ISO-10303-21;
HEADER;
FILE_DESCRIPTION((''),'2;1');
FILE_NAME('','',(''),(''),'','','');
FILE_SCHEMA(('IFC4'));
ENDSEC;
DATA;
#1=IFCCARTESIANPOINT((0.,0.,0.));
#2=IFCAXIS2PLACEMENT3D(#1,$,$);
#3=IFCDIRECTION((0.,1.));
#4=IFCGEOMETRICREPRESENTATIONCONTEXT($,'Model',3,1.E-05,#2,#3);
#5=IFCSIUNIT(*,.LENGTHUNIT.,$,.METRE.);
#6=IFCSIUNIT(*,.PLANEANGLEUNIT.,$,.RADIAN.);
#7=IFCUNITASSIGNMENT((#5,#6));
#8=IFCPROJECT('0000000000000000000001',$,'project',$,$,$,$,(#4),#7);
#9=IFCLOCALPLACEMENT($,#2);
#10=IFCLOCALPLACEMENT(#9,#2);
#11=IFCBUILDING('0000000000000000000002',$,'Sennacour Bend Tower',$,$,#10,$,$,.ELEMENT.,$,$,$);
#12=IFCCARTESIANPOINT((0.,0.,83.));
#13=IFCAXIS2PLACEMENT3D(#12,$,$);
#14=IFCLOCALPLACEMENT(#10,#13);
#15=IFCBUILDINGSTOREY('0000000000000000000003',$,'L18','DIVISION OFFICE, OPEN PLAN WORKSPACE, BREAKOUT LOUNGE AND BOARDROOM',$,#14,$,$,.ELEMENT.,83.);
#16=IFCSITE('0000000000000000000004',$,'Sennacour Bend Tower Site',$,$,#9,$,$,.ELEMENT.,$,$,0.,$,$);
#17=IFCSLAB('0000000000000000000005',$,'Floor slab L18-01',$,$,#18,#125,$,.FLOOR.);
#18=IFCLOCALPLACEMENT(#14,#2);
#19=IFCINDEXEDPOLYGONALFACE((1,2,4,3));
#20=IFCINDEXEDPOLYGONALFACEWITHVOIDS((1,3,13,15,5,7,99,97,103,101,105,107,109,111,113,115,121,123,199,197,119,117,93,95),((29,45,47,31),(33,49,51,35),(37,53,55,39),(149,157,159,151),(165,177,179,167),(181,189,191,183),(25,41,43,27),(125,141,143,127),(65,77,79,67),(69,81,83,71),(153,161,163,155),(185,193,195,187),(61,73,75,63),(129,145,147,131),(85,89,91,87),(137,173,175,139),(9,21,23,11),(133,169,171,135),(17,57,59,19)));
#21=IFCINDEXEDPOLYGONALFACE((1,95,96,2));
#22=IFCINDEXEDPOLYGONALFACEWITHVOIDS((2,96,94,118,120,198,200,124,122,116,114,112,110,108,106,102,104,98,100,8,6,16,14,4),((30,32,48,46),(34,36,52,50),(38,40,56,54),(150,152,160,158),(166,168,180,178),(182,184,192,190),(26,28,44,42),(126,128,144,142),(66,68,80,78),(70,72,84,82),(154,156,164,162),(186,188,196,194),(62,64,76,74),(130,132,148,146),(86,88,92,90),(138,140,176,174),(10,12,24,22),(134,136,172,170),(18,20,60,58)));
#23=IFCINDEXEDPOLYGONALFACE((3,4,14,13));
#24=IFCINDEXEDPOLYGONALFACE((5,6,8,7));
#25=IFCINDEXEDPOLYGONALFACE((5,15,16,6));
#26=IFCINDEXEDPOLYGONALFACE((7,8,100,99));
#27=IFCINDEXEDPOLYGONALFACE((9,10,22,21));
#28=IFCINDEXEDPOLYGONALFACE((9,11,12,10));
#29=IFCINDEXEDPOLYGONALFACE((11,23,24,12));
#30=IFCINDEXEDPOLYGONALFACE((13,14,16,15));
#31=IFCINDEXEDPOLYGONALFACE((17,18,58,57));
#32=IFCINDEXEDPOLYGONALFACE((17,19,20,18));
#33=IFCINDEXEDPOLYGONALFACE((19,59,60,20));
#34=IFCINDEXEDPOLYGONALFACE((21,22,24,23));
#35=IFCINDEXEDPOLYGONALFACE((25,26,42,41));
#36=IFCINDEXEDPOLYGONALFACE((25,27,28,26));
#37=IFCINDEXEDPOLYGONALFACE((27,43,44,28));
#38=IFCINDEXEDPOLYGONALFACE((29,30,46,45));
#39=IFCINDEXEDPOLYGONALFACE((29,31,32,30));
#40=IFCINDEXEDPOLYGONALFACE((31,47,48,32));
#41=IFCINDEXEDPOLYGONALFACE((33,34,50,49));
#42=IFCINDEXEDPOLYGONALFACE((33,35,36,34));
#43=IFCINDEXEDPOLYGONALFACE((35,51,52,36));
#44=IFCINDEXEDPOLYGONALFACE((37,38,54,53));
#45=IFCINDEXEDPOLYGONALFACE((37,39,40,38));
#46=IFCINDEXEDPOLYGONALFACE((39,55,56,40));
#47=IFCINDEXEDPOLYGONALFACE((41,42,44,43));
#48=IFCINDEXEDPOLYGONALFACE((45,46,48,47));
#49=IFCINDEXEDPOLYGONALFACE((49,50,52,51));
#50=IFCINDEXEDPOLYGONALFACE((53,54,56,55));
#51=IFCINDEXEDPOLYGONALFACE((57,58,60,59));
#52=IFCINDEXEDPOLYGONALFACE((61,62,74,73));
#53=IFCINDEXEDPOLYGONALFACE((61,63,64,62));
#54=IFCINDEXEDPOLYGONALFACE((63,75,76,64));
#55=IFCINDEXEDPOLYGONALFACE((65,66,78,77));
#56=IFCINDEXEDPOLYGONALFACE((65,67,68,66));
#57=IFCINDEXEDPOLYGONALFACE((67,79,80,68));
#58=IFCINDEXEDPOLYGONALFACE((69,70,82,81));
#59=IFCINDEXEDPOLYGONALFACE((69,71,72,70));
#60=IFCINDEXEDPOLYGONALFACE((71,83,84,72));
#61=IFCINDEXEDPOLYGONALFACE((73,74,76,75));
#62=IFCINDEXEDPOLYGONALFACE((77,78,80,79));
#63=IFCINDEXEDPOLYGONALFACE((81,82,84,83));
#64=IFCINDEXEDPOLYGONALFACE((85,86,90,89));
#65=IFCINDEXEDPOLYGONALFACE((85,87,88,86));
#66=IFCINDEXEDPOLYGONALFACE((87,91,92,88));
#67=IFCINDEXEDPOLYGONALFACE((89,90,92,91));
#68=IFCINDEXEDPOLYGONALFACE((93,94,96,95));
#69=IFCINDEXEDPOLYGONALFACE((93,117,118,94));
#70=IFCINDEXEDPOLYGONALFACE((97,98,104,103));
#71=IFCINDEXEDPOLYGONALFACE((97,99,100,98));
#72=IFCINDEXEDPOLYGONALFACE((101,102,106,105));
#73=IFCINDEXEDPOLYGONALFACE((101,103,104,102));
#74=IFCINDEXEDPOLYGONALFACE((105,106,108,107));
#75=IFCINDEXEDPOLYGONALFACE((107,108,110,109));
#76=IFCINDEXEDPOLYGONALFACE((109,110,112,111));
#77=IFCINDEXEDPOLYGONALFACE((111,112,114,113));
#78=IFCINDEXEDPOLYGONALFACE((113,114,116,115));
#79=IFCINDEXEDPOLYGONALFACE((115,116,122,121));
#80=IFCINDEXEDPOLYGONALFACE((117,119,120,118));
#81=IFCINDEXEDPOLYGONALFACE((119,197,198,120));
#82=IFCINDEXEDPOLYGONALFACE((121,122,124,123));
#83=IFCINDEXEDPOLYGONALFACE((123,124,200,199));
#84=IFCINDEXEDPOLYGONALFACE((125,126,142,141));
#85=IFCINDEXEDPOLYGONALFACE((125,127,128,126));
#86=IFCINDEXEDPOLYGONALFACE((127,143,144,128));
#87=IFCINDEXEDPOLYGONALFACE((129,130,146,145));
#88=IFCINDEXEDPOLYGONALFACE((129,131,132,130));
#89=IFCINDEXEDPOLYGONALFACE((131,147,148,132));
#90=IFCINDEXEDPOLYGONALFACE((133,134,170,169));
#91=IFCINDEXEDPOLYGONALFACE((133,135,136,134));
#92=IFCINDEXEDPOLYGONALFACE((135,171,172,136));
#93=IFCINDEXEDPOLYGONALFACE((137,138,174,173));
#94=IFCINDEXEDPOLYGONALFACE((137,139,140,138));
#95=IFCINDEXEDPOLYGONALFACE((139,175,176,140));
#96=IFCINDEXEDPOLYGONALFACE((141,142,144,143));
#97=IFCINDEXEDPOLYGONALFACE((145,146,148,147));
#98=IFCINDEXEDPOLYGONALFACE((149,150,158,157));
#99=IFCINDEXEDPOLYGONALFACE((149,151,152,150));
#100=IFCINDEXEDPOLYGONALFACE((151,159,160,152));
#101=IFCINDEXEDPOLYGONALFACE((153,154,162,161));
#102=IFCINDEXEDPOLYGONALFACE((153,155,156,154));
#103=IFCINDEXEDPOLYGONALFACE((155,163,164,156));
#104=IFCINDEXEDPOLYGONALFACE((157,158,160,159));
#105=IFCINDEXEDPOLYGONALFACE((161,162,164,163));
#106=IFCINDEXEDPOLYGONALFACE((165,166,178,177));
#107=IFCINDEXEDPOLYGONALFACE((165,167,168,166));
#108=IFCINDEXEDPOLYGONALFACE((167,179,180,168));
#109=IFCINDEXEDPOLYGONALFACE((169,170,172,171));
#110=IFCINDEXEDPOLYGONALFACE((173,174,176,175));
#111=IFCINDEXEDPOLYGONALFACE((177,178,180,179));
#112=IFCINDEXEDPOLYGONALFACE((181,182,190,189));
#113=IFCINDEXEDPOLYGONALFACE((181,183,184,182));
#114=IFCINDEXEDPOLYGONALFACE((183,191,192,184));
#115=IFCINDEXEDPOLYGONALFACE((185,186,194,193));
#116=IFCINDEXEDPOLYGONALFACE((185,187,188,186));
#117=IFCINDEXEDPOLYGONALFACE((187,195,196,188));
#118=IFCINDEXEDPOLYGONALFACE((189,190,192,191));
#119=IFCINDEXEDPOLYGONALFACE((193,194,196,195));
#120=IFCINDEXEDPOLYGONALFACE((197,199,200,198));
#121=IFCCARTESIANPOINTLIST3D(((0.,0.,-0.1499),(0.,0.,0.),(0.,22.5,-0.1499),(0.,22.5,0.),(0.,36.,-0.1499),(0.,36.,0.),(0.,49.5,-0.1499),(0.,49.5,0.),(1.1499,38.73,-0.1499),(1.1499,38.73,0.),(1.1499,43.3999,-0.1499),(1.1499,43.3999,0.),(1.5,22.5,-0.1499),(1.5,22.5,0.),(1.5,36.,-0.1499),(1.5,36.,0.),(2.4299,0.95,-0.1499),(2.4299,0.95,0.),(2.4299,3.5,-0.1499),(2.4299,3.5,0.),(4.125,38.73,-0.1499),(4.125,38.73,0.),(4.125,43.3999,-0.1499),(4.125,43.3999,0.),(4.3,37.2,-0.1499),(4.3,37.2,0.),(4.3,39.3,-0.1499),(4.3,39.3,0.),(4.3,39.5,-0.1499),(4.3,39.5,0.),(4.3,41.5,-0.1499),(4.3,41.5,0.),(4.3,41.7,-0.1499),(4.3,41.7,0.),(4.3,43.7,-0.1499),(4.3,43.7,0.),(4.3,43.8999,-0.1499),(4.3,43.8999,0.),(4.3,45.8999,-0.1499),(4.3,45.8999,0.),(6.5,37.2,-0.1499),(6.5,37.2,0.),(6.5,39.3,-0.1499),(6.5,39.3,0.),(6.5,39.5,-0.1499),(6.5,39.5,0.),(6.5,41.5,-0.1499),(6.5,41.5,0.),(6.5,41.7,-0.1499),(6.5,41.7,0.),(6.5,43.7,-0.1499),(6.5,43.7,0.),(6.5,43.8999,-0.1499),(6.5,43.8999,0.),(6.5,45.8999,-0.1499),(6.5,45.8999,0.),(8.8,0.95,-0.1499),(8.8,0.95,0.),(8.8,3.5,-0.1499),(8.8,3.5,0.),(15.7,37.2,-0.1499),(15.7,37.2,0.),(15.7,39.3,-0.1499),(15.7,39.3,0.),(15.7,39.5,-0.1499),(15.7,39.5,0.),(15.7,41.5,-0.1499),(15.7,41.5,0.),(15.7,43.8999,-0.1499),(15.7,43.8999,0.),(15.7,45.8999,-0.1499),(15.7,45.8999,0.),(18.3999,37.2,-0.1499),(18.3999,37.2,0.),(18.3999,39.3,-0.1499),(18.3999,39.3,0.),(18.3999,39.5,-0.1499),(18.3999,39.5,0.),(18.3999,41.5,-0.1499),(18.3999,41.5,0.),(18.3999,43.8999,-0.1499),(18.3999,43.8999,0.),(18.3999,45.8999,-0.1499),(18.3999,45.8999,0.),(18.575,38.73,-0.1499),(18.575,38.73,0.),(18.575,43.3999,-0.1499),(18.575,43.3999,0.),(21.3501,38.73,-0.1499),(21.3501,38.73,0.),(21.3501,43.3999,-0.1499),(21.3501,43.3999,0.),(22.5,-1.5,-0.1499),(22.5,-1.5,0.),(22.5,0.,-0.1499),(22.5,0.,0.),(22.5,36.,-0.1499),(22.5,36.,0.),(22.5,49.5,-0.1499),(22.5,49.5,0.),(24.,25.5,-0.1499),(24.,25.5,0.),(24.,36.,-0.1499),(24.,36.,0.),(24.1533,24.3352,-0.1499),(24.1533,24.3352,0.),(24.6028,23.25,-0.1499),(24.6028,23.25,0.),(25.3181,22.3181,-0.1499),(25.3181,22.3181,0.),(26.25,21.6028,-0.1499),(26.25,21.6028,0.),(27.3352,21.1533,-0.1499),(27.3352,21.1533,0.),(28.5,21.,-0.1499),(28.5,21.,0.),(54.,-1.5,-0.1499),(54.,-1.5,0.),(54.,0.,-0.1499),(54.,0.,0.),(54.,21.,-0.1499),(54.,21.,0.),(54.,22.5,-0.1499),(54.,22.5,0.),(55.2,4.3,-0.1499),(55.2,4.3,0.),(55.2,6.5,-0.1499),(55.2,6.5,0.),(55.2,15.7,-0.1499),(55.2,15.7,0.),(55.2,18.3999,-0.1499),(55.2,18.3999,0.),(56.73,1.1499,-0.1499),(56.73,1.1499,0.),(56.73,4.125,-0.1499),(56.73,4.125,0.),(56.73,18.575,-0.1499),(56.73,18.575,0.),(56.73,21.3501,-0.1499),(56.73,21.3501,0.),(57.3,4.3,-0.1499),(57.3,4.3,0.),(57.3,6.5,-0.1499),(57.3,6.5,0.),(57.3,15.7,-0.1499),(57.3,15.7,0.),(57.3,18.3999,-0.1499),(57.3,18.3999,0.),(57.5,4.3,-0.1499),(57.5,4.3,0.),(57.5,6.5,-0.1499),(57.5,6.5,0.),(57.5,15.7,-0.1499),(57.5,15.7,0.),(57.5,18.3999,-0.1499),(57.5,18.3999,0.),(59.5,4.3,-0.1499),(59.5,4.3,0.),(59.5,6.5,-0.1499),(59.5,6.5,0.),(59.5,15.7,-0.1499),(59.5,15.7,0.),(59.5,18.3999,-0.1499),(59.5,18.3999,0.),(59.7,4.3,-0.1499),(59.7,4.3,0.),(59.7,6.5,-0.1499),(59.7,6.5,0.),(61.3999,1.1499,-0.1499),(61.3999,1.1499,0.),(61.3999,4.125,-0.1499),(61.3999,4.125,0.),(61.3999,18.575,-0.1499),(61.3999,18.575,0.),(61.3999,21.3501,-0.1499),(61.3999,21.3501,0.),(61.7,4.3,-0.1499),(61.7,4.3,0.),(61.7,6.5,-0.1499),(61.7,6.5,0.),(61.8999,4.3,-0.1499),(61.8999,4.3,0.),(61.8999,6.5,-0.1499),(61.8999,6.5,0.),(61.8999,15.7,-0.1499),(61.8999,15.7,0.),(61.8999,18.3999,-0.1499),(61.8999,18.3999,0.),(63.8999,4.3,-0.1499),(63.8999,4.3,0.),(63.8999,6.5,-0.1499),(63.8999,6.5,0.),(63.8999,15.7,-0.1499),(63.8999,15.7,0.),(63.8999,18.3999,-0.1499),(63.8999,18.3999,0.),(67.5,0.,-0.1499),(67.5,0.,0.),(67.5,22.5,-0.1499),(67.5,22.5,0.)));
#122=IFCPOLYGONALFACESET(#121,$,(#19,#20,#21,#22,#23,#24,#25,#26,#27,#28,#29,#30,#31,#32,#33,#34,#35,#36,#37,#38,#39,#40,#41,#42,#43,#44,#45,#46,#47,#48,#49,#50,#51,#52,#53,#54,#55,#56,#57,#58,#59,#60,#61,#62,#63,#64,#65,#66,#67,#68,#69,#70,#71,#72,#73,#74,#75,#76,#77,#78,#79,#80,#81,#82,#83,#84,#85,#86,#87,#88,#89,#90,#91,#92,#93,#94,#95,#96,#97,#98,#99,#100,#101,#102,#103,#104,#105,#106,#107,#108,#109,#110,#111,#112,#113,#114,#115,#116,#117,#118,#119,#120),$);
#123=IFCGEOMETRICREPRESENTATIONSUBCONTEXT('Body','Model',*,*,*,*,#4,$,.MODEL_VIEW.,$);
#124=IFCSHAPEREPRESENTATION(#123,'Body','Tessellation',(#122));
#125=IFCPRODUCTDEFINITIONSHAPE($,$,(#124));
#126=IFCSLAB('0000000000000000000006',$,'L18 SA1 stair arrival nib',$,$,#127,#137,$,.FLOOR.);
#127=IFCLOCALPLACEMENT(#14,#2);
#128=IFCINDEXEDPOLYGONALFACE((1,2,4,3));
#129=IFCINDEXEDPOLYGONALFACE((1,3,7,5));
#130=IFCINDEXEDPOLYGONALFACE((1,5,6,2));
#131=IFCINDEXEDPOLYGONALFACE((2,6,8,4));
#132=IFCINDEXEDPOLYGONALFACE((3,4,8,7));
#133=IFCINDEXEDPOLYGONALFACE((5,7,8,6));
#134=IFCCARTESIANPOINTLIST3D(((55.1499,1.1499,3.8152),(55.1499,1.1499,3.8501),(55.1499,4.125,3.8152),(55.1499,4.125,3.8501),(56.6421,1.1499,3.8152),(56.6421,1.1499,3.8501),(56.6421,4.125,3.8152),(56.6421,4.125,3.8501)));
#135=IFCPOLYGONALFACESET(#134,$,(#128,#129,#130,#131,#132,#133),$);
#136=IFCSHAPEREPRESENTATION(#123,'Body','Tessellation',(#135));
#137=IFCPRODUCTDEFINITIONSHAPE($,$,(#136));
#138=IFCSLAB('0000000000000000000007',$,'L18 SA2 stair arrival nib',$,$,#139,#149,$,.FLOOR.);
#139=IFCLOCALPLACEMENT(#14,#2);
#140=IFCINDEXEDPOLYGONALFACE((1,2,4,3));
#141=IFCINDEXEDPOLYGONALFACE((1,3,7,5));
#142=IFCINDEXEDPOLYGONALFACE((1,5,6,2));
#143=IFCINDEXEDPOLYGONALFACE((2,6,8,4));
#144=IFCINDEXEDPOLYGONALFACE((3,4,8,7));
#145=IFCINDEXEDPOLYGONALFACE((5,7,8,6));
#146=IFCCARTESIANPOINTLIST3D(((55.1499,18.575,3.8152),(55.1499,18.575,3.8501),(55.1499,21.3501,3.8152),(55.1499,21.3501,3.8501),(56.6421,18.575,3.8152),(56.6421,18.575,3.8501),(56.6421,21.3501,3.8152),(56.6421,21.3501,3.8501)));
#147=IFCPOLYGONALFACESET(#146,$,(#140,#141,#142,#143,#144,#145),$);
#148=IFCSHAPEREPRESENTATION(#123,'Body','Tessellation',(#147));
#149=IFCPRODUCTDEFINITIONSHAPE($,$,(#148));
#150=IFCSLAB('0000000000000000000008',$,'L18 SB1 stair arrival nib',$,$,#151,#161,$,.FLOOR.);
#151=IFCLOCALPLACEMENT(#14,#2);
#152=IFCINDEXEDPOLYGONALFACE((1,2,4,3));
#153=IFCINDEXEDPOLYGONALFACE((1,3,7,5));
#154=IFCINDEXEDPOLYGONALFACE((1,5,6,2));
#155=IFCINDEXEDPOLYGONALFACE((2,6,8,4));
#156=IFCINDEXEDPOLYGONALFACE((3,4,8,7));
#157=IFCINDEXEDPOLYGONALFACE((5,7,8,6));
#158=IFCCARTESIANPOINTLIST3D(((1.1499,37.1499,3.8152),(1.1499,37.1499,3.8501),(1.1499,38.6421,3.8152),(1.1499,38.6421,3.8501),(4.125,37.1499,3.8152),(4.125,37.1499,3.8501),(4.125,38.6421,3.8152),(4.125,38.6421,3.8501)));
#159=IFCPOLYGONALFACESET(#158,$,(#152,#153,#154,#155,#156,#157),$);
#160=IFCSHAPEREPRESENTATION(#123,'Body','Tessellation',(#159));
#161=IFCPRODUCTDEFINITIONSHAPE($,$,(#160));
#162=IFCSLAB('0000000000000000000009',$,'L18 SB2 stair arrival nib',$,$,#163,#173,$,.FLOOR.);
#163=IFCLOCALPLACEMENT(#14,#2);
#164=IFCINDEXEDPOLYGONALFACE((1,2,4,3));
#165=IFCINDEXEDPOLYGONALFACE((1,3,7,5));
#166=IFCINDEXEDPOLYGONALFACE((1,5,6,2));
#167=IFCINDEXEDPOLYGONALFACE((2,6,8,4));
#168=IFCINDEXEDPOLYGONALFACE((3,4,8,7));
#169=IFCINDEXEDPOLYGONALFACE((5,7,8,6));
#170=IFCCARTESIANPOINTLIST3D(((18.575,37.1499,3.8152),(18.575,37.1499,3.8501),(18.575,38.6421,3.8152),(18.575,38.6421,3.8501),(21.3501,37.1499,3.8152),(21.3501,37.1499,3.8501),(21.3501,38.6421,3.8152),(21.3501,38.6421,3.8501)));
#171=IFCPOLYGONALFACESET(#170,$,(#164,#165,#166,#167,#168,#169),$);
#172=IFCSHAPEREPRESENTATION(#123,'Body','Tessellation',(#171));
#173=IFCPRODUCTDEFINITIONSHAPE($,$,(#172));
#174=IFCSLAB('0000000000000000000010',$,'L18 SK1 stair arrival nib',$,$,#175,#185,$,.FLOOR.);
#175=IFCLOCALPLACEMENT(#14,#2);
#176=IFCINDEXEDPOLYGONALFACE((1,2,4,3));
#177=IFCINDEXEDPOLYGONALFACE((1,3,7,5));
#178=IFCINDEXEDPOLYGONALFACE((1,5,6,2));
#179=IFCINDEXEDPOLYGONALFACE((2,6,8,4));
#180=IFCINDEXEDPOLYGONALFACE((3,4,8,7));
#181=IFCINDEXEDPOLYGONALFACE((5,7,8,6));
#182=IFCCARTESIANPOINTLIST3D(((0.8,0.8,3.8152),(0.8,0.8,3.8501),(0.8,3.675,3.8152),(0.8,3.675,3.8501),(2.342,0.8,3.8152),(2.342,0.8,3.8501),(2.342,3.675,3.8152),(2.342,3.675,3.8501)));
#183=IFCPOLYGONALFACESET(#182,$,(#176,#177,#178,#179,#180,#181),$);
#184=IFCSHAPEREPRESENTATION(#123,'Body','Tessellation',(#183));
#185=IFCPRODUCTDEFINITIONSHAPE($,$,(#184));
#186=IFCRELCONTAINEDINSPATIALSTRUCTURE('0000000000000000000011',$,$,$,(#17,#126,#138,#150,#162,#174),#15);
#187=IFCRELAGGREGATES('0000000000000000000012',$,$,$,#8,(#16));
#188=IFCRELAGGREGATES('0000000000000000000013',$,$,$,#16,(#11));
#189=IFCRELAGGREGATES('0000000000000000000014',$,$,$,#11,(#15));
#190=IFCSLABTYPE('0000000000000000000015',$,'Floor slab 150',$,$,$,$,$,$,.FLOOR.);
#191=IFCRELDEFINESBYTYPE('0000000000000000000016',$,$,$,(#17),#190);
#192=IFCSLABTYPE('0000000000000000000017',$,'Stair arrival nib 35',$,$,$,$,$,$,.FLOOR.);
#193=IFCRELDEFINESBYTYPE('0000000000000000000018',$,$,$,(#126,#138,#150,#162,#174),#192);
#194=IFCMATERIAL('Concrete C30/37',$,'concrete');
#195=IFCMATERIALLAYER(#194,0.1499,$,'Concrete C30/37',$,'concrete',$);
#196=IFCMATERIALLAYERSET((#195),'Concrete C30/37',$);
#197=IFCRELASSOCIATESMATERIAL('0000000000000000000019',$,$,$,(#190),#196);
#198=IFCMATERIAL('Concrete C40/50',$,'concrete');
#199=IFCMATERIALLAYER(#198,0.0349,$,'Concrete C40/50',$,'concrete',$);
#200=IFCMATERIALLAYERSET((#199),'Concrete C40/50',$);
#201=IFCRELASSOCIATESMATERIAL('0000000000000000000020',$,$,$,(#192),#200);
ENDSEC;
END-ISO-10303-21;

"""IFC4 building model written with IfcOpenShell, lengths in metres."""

from ifc_helpers import new_model, si_unit, direction, frame, origin, place, context, subcontext, project, spatial, polyline, outline, extrude, material, layer, layer_set, type_object, element, save


model = new_model("IFC4")

# Units and contexts
model_context = context("Model", 3, precision=1e-05, world=origin(), true_north=direction((0.0, 1.0)))
body_context = subcontext(model_context, "Body", "Model", "MODEL_VIEW")
ifc_project = project(units=[si_unit("LENGTHUNIT", "METRE"), si_unit("PLANEANGLEUNIT", "RADIAN")], contexts=[model_context])

# Site, building, storey
site_placement = place(None, origin())
site = spatial("IfcSite", under=ifc_project, at=site_placement, Name="Sennacour Bend Tower Site", CompositionType="ELEMENT", RefElevation=0.0)
building_placement = place(site_placement, origin())
building = spatial("IfcBuilding", under=site, at=building_placement, Name="Sennacour Bend Tower", CompositionType="ELEMENT")
storey_placement = place(building_placement, frame((0.0, 0.0, 83.0)))
storey = spatial("IfcBuildingStorey", under=building, at=storey_placement, Name="L18", Description="DIVISION OFFICE, OPEN PLAN WORKSPACE, BREAKOUT LOUNGE AND BOARDROOM", CompositionType="ELEMENT", Elevation=83.0)

# Slabs
ifc_material_1 = material(Name="Concrete C30/37", Category="concrete")
ifc_layer_1 = layer(ifc_material_1, 0.1499, Name="Concrete C30/37", Category="concrete")
ifc_layer_set_1 = layer_set([ifc_layer_1], Name="Concrete C30/37")
slab_type_1 = type_object("IfcSlabType", Name="Floor slab 150", PredefinedType="FLOOR", material=ifc_layer_set_1)
slab_1_placement = place(storey_placement, frame((0.0, 0.0, -0.1499)))
element("IfcSlab", 1, at=slab_1_placement, inside=storey, type_object=slab_type_1, Name="Floor slab L18-01", PredefinedType="FLOOR", context=body_context, shape_type="SweptSolid", body=[
    extrude(outline(polyline([(22.5, 0.0), (0.0, 0.0), (0.0, 22.5), (1.5, 22.5), (1.5, 36.0), (0.0, 36.0), (0.0, 49.5), (22.5, 49.5), (22.5, 36.0), (24.0, 36.0), (24.0, 25.5), (24.1533, 24.3352), (24.6028, 23.25), (25.3181, 22.3181), (26.25, 21.6028), (27.3352, 21.1533), (28.5, 21.0), (54.0, 21.0), (54.0, 22.5), (67.5, 22.5), (67.5, 0.0), (54.0, 0.0), (54.0, -1.5), (22.5, -1.5), (22.5, 0.0)]), holes=[polyline([(8.8, 0.95), (8.8, 3.5), (2.4299, 3.5), (2.4299, 0.95), (8.8, 0.95)]), polyline([(6.5, 37.2), (6.5, 39.3), (4.3, 39.3), (4.3, 37.2), (6.5, 37.2)]), polyline([(18.3999, 37.2), (18.3999, 39.3), (15.7, 39.3), (15.7, 37.2), (18.3999, 37.2)]), polyline([(6.5, 39.5), (6.5, 41.5), (4.3, 41.5), (4.3, 39.5), (6.5, 39.5)]), polyline([(18.3999, 39.5), (18.3999, 41.5), (15.7, 41.5), (15.7, 39.5), (18.3999, 39.5)]), polyline([(4.125, 38.73), (4.125, 43.3999), (1.1499, 43.3999), (1.1499, 38.73), (4.125, 38.73)]), polyline([(21.3501, 38.73), (21.3501, 43.3999), (18.575, 43.3999), (18.575, 38.73), (21.3501, 38.73)]), polyline([(4.3, 41.7), (6.5, 41.7), (6.5, 43.7), (4.3, 43.7), (4.3, 41.7)]), polyline([(4.3, 43.8999), (6.5, 43.8999), (6.5, 45.8999), (4.3, 45.8999), (4.3, 43.8999)]), polyline([(18.3999, 43.8999), (18.3999, 45.8999), (15.7, 45.8999), (15.7, 43.8999), (18.3999, 43.8999)]), polyline([(61.3999, 1.1499), (61.3999, 4.125), (56.73, 4.125), (56.73, 1.1499), (61.3999, 1.1499)]), polyline([(57.3, 4.3), (57.3, 6.5), (55.2, 6.5), (55.2, 4.3), (57.3, 4.3)]), polyline([(57.5, 4.3), (59.5, 4.3), (59.5, 6.5), (57.5, 6.5), (57.5, 4.3)]), polyline([(59.7, 4.3), (61.7, 4.3), (61.7, 6.5), (59.7, 6.5), (59.7, 4.3)]), polyline([(63.8999, 4.3), (63.8999, 6.5), (61.8999, 6.5), (61.8999, 4.3), (63.8999, 4.3)]), polyline([(57.3, 15.7), (57.3, 18.3999), (55.2, 18.3999), (55.2, 15.7), (57.3, 15.7)]), polyline([(59.5, 15.7), (59.5, 18.3999), (57.5, 18.3999), (57.5, 15.7), (59.5, 15.7)]), polyline([(61.8999, 15.7), (63.8999, 15.7), (63.8999, 18.3999), (61.8999, 18.3999), (61.8999, 15.7)]), polyline([(56.73, 18.575), (61.3999, 18.575), (61.3999, 21.3501), (56.73, 21.3501), (56.73, 18.575)])]), origin(), (0.0, 0.0, 1.0), 0.1499),
])
ifc_material_2 = material(Name="Concrete C40/50", Category="concrete")
ifc_layer_2 = layer(ifc_material_2, 0.0349, Name="Concrete C40/50", Category="concrete")
ifc_layer_set_2 = layer_set([ifc_layer_2], Name="Concrete C40/50")
slab_type_2 = type_object("IfcSlabType", Name="Stair arrival nib 35", PredefinedType="FLOOR", material=ifc_layer_set_2)
slab_2_placement = place(storey_placement, frame((0.0, 0.0, 3.8152)))
element("IfcSlab", 2, at=slab_2_placement, inside=storey, type_object=slab_type_2, Name="L18 SA1 stair arrival nib", PredefinedType="FLOOR", context=body_context, shape_type="SweptSolid", body=[
    extrude(outline(polyline([(56.6421, 4.125), (55.1499, 4.125), (55.1499, 1.1499), (56.6421, 1.1499), (56.6421, 4.125)])), origin(), (0.0, 0.0, 1.0), 0.0349),
])
slab_3_placement = place(storey_placement, frame((0.0, 0.0, 3.8152)))
element("IfcSlab", 3, at=slab_3_placement, inside=storey, type_object=slab_type_2, Name="L18 SA2 stair arrival nib", PredefinedType="FLOOR", context=body_context, shape_type="SweptSolid", body=[
    extrude(outline(polyline([(56.6421, 21.3501), (55.1499, 21.3501), (55.1499, 18.575), (56.6421, 18.575), (56.6421, 21.3501)])), origin(), (0.0, 0.0, 1.0), 0.0349),
])
slab_4_placement = place(storey_placement, frame((0.0, 0.0, 3.8152)))
element("IfcSlab", 4, at=slab_4_placement, inside=storey, type_object=slab_type_2, Name="L18 SB1 stair arrival nib", PredefinedType="FLOOR", context=body_context, shape_type="SweptSolid", body=[
    extrude(outline(polyline([(1.1499, 38.6421), (1.1499, 37.1499), (4.125, 37.1499), (4.125, 38.6421), (1.1499, 38.6421)])), origin(), (0.0, 0.0, 1.0), 0.0349),
])
slab_5_placement = place(storey_placement, frame((0.0, 0.0, 3.8152)))
element("IfcSlab", 5, at=slab_5_placement, inside=storey, type_object=slab_type_2, Name="L18 SB2 stair arrival nib", PredefinedType="FLOOR", context=body_context, shape_type="SweptSolid", body=[
    extrude(outline(polyline([(18.575, 38.6421), (18.575, 37.1499), (21.3501, 37.1499), (21.3501, 38.6421), (18.575, 38.6421)])), origin(), (0.0, 0.0, 1.0), 0.0349),
])
slab_6_placement = place(storey_placement, frame((0.0, 0.0, 3.8152)))
element("IfcSlab", 6, at=slab_6_placement, inside=storey, type_object=slab_type_2, Name="L18 SK1 stair arrival nib", PredefinedType="FLOOR", context=body_context, shape_type="SweptSolid", body=[
    extrude(outline(polyline([(2.342, 3.675), (0.8, 3.675), (0.8, 0.8), (2.342, 0.8), (2.342, 3.675)])), origin(), (0.0, 0.0, 1.0), 0.0349),
])

save(model, "model.ifc")
